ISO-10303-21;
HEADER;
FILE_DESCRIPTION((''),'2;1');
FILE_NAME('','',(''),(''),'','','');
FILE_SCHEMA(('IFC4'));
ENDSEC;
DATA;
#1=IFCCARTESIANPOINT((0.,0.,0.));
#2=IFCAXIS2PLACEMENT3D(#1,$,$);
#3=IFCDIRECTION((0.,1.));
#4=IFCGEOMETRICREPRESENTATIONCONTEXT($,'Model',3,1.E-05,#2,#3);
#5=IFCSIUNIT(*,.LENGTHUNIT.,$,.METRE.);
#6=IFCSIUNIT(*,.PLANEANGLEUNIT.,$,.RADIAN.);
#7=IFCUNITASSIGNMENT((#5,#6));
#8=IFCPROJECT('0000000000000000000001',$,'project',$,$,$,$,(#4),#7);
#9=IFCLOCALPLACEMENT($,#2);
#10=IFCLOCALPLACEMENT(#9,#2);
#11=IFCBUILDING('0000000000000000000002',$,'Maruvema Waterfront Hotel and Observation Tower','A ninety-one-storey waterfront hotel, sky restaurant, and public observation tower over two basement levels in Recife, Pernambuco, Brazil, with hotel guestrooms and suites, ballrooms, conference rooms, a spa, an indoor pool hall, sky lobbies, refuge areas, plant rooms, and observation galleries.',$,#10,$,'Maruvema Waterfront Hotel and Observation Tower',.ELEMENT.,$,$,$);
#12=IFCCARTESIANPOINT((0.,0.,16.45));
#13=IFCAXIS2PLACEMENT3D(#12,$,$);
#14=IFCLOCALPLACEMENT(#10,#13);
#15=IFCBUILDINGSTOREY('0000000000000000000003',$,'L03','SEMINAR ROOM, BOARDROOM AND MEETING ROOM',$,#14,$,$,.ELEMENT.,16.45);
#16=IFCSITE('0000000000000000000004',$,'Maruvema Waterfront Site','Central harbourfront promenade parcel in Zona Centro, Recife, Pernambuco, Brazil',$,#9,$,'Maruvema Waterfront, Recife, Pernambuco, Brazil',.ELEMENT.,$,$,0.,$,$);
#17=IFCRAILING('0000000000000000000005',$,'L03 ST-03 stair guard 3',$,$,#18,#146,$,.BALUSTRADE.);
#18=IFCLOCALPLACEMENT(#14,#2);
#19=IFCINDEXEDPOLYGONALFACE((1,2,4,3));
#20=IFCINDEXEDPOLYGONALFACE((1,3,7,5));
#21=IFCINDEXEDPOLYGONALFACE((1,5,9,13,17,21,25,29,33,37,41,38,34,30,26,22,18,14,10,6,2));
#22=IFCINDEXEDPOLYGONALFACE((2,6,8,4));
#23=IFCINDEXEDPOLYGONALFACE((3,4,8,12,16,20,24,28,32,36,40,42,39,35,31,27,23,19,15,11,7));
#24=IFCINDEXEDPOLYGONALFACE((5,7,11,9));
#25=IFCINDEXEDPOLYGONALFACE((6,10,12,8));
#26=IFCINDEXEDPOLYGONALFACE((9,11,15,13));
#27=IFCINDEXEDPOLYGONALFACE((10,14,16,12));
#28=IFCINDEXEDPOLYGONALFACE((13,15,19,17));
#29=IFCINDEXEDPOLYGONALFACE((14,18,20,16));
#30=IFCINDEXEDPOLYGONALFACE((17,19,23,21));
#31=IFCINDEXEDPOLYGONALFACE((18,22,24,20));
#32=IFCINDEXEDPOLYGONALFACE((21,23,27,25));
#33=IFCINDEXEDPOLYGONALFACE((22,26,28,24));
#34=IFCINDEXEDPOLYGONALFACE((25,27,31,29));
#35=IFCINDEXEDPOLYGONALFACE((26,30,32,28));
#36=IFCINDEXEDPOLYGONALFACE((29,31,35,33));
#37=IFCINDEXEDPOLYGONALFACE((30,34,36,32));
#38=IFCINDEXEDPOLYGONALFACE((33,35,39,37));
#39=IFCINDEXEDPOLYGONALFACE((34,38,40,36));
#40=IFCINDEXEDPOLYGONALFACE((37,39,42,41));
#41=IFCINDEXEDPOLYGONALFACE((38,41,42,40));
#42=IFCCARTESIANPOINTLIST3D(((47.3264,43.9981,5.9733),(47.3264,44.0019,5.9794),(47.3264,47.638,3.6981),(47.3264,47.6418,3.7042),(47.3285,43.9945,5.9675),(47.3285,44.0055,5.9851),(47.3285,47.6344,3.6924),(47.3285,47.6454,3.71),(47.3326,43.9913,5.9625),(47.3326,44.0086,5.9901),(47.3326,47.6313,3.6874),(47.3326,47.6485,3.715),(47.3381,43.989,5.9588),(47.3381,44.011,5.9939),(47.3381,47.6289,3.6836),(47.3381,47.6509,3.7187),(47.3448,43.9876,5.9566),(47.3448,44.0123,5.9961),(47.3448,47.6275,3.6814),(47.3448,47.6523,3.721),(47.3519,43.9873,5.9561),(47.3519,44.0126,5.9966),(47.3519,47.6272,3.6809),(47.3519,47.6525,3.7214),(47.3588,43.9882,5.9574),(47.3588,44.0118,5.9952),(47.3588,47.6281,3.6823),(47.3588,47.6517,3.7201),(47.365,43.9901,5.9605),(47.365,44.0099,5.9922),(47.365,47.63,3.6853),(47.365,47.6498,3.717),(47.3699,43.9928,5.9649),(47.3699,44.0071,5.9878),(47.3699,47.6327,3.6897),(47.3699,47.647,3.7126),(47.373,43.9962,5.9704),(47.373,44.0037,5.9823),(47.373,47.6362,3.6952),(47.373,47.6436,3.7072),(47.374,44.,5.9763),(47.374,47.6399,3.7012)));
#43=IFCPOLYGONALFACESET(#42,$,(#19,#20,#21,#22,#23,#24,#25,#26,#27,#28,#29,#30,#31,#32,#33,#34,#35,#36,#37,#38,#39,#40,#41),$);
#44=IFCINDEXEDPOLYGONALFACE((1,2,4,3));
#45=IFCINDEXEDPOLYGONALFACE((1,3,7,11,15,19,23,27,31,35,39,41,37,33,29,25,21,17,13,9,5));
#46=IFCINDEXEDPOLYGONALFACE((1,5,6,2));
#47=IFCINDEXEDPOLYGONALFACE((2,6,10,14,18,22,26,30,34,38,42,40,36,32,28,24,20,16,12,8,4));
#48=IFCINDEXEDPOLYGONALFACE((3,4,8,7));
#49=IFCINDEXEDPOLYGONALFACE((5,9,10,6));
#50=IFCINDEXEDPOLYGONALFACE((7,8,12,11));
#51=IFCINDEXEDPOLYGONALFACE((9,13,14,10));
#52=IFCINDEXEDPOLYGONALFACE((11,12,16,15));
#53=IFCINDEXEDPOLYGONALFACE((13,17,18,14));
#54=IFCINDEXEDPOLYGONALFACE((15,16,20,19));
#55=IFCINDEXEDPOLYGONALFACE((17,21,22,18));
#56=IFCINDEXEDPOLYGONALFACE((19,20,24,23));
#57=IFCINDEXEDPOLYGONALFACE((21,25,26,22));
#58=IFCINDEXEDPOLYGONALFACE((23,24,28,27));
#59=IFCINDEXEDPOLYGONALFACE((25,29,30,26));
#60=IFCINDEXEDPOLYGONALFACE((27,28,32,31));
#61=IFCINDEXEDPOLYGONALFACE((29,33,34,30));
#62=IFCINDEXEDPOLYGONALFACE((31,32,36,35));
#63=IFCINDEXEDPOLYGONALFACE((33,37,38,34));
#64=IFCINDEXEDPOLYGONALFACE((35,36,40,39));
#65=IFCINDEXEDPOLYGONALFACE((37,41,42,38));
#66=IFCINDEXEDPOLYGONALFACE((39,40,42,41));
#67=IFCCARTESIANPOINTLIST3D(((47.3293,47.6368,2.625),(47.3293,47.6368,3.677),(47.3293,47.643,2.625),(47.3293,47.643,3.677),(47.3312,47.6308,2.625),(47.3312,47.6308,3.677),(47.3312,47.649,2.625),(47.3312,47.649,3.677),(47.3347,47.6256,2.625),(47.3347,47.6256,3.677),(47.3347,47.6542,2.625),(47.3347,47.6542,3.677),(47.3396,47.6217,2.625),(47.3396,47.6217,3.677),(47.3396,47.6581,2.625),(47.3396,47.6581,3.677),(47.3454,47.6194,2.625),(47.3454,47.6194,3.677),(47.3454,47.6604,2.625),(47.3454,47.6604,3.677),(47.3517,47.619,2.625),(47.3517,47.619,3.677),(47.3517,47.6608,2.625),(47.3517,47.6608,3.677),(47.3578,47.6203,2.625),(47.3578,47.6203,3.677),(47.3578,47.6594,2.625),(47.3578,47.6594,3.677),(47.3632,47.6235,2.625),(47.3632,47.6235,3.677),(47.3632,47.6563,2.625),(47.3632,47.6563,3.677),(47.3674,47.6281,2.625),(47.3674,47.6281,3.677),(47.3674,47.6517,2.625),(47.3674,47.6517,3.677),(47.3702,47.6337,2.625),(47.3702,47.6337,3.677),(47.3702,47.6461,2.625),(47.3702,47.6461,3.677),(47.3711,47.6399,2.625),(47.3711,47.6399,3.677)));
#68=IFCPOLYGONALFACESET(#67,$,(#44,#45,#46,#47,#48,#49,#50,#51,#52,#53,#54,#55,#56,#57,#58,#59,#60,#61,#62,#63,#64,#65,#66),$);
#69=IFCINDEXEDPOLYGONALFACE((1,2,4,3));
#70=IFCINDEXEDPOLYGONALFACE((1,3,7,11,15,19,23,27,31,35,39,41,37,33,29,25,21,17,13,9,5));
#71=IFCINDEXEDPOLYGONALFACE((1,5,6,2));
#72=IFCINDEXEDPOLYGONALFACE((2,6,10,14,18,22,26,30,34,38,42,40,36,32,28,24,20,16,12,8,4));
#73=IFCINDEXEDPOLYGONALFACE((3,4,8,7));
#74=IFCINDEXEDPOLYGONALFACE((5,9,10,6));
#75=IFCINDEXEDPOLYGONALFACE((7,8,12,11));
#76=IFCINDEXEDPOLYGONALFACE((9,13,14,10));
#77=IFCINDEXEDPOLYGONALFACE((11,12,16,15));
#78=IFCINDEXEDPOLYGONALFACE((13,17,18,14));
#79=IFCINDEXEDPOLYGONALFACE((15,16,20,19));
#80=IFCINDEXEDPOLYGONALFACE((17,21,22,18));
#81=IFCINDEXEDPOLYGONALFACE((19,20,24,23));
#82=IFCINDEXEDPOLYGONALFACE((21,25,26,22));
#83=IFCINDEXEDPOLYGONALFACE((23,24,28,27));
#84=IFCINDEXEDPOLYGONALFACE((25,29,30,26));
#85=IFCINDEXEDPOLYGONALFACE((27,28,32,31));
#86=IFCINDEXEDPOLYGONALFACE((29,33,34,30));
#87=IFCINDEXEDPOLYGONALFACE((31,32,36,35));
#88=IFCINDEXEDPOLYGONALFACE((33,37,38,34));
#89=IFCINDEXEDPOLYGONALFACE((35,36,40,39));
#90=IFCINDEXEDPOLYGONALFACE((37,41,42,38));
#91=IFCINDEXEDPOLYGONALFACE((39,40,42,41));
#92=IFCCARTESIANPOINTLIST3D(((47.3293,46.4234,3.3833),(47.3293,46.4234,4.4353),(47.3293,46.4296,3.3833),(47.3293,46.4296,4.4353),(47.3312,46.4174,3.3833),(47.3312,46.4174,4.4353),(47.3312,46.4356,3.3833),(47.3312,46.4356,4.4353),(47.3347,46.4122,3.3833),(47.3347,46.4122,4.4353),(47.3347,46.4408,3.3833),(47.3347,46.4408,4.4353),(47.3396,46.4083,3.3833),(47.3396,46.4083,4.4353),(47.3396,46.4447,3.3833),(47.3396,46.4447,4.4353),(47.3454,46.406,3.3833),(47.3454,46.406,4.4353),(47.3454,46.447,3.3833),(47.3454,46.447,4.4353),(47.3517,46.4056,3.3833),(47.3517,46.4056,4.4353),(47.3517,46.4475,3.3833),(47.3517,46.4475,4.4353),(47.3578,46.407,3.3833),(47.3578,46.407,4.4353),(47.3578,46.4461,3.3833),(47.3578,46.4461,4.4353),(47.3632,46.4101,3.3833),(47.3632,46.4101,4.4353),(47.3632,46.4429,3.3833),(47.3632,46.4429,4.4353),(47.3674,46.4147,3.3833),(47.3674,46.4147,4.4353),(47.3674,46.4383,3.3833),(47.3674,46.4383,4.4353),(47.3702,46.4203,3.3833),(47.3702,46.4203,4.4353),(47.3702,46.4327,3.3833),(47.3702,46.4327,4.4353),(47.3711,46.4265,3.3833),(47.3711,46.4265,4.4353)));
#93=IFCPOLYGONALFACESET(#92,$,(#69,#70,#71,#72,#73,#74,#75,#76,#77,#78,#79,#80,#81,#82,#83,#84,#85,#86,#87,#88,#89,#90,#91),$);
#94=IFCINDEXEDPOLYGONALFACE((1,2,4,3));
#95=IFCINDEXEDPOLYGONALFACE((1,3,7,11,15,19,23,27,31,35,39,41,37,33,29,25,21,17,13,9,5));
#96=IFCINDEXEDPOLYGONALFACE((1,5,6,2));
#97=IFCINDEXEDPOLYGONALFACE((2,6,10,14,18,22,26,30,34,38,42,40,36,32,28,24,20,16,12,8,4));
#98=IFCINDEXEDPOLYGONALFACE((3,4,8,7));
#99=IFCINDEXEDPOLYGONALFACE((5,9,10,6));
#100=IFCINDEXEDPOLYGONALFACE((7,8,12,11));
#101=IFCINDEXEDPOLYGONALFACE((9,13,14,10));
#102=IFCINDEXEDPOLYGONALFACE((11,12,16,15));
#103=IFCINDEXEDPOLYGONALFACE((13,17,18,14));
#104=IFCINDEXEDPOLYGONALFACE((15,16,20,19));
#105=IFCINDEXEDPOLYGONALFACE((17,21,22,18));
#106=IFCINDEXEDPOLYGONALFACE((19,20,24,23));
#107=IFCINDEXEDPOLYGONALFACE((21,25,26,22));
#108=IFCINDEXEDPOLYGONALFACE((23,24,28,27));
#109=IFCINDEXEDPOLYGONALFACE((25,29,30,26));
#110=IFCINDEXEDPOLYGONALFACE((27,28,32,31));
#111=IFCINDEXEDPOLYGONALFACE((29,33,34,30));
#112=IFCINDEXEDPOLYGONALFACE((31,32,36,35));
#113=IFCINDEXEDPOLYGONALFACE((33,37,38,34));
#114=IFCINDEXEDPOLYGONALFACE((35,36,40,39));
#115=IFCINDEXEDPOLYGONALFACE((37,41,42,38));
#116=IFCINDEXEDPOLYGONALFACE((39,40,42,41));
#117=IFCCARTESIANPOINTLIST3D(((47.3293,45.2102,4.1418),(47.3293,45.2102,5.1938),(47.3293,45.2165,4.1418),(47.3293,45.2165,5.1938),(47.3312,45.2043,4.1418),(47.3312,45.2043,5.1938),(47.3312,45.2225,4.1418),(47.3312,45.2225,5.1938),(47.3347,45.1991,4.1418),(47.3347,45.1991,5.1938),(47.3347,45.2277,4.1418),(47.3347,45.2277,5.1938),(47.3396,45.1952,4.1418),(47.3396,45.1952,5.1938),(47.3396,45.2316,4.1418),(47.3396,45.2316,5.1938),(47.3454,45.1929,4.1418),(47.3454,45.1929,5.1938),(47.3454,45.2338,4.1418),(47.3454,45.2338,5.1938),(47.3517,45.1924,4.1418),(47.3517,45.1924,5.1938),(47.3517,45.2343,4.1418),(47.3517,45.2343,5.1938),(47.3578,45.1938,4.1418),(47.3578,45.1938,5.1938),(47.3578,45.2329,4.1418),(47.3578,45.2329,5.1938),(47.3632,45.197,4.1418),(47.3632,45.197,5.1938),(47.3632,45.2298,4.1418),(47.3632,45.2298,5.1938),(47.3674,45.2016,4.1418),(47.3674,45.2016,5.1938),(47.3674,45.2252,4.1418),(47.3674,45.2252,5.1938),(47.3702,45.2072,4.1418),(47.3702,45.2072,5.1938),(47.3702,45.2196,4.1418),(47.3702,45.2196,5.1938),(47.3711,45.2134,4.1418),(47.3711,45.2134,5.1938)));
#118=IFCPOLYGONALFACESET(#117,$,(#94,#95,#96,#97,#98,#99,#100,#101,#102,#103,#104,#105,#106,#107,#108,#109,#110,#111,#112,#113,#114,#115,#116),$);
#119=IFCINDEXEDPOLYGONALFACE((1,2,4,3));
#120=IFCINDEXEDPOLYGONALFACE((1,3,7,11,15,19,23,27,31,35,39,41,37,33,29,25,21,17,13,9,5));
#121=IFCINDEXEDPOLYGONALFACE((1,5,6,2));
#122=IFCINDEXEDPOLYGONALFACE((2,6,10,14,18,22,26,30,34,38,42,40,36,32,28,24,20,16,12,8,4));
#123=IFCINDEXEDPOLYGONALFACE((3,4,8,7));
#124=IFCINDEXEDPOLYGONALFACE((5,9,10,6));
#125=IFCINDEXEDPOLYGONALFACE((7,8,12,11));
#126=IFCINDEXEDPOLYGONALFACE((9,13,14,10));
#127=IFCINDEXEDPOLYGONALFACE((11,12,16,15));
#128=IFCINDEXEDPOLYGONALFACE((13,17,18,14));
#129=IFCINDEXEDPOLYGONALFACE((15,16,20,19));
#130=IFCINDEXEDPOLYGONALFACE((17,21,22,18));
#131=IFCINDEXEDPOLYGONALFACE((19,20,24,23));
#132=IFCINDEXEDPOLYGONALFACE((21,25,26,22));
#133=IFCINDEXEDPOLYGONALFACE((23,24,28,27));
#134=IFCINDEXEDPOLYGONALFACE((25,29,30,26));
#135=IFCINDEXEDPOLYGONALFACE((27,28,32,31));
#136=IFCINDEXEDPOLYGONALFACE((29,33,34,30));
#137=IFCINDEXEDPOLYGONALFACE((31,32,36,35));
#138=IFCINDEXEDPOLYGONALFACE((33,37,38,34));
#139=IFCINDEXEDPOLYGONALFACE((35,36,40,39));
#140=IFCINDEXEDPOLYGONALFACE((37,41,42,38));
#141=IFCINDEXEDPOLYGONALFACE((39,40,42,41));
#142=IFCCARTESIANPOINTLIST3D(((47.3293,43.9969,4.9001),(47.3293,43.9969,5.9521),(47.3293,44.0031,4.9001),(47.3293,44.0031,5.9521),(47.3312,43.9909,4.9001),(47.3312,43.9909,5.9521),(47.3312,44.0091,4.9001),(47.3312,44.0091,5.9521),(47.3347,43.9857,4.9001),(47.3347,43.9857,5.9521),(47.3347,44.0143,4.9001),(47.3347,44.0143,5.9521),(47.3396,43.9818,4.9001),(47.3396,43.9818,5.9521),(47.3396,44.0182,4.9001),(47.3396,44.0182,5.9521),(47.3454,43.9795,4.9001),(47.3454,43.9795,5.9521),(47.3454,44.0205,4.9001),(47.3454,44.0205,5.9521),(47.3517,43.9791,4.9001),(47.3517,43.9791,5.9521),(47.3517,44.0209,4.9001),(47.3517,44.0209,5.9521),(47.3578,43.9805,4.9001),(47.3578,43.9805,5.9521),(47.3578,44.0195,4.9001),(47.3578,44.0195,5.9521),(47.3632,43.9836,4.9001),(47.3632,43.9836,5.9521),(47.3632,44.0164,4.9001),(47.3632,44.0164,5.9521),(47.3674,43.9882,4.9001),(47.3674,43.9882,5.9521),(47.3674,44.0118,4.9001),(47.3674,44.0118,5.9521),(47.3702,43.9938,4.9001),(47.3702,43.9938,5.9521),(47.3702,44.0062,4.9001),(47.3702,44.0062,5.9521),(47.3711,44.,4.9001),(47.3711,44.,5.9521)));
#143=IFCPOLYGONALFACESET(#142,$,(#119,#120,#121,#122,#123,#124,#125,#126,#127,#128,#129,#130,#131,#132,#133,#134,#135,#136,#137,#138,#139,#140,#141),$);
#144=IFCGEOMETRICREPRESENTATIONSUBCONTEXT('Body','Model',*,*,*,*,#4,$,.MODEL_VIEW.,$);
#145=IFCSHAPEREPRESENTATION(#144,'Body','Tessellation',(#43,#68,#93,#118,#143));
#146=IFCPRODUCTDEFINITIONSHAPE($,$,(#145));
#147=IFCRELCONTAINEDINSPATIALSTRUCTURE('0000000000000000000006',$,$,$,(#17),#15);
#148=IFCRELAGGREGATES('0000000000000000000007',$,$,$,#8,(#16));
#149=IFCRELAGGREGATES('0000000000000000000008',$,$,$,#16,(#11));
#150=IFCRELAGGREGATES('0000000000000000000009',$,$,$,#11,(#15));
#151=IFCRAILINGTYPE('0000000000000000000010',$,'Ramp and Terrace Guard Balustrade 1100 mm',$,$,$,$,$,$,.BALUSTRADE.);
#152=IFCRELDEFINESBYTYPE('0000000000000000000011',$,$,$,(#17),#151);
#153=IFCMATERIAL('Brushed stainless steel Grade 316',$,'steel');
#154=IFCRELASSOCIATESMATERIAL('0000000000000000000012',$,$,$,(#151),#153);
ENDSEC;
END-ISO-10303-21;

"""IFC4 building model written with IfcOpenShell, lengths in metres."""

from ifc_helpers import new_model, si_unit, direction, frame, origin, origin_2d, place, context, subcontext, project, spatial, circle, extrude, material, type_object, element, save


model = new_model("IFC4")

# Units and contexts
model_context = context("Model", 3, precision=1e-05, world=origin(), true_north=direction((0.0, 1.0)))
body_context = subcontext(model_context, "Body", "Model", "MODEL_VIEW")
ifc_project = project(units=[si_unit("LENGTHUNIT", "METRE"), si_unit("PLANEANGLEUNIT", "RADIAN")], contexts=[model_context])

# Site, building, storey
site_placement = place(None, origin())
site = spatial("IfcSite", under=ifc_project, at=site_placement, Name="Maruvema Waterfront Site", Description="Central harbourfront promenade parcel in Zona Centro, Recife, Pernambuco, Brazil", LongName="Maruvema Waterfront, Recife, Pernambuco, Brazil", CompositionType="ELEMENT", RefElevation=0.0)
building_placement = place(site_placement, origin())
building = spatial("IfcBuilding", under=site, at=building_placement, Name="Maruvema Waterfront Hotel and Observation Tower", Description="A ninety-one-storey waterfront hotel, sky restaurant, and public observation tower over two basement levels in Recife, Pernambuco, Brazil, with hotel guestrooms and suites, ballrooms, conference rooms, a spa, an indoor pool hall, sky lobbies, refuge areas, plant rooms, and observation galleries.", LongName="Maruvema Waterfront Hotel and Observation Tower", CompositionType="ELEMENT")
storey_placement = place(building_placement, frame((0.0, 0.0, 16.45)))
storey = spatial("IfcBuildingStorey", under=building, at=storey_placement, Name="L03", Description="SEMINAR ROOM, BOARDROOM AND MEETING ROOM", CompositionType="ELEMENT", Elevation=16.45)

# Railing
ifc_material_1 = material(Name="Brushed stainless steel Grade 316", Category="steel")
railing_type_1 = type_object("IfcRailingType", Name="Ramp and Terrace Guard Balustrade 1100 mm", PredefinedType="BALUSTRADE", material=ifc_material_1)
railing_1_placement = place(storey_placement, frame((47.3501, 47.6399, 2.625)))
element("IfcRailing", 1, at=railing_1_placement, inside=storey, type_object=railing_type_1, Name="L03 ST-03 stair guard 3", PredefinedType="BALUSTRADE", context=body_context, shape_type="SweptSolid", body=[
    extrude(circle(Radius=0.0239, at=origin_2d()), frame((0.0, 0.0, 1.0762), z_axis=(0.0, -0.847976, 0.530035), x_axis=(1.0, 0.0, 0.0)), (0.0, 0.0, 1.0), 4.2925),
    extrude(circle(Radius=0.021, at=origin_2d()), origin(), (0.0, 0.0, 1.0), 1.052),
    extrude(circle(Radius=0.021, at=origin_2d()), frame((0.0, -1.2134, 0.7583)), (0.0, 0.0, 1.0), 1.052),
    extrude(circle(Radius=0.021, at=origin_2d()), frame((0.0, -2.4265, 1.5168)), (0.0, 0.0, 1.0), 1.052),
    extrude(circle(Radius=0.021, at=origin_2d()), frame((0.0, -3.6399, 2.2751)), (0.0, 0.0, 1.0), 1.052),
])

save(model, "model.ifc")
